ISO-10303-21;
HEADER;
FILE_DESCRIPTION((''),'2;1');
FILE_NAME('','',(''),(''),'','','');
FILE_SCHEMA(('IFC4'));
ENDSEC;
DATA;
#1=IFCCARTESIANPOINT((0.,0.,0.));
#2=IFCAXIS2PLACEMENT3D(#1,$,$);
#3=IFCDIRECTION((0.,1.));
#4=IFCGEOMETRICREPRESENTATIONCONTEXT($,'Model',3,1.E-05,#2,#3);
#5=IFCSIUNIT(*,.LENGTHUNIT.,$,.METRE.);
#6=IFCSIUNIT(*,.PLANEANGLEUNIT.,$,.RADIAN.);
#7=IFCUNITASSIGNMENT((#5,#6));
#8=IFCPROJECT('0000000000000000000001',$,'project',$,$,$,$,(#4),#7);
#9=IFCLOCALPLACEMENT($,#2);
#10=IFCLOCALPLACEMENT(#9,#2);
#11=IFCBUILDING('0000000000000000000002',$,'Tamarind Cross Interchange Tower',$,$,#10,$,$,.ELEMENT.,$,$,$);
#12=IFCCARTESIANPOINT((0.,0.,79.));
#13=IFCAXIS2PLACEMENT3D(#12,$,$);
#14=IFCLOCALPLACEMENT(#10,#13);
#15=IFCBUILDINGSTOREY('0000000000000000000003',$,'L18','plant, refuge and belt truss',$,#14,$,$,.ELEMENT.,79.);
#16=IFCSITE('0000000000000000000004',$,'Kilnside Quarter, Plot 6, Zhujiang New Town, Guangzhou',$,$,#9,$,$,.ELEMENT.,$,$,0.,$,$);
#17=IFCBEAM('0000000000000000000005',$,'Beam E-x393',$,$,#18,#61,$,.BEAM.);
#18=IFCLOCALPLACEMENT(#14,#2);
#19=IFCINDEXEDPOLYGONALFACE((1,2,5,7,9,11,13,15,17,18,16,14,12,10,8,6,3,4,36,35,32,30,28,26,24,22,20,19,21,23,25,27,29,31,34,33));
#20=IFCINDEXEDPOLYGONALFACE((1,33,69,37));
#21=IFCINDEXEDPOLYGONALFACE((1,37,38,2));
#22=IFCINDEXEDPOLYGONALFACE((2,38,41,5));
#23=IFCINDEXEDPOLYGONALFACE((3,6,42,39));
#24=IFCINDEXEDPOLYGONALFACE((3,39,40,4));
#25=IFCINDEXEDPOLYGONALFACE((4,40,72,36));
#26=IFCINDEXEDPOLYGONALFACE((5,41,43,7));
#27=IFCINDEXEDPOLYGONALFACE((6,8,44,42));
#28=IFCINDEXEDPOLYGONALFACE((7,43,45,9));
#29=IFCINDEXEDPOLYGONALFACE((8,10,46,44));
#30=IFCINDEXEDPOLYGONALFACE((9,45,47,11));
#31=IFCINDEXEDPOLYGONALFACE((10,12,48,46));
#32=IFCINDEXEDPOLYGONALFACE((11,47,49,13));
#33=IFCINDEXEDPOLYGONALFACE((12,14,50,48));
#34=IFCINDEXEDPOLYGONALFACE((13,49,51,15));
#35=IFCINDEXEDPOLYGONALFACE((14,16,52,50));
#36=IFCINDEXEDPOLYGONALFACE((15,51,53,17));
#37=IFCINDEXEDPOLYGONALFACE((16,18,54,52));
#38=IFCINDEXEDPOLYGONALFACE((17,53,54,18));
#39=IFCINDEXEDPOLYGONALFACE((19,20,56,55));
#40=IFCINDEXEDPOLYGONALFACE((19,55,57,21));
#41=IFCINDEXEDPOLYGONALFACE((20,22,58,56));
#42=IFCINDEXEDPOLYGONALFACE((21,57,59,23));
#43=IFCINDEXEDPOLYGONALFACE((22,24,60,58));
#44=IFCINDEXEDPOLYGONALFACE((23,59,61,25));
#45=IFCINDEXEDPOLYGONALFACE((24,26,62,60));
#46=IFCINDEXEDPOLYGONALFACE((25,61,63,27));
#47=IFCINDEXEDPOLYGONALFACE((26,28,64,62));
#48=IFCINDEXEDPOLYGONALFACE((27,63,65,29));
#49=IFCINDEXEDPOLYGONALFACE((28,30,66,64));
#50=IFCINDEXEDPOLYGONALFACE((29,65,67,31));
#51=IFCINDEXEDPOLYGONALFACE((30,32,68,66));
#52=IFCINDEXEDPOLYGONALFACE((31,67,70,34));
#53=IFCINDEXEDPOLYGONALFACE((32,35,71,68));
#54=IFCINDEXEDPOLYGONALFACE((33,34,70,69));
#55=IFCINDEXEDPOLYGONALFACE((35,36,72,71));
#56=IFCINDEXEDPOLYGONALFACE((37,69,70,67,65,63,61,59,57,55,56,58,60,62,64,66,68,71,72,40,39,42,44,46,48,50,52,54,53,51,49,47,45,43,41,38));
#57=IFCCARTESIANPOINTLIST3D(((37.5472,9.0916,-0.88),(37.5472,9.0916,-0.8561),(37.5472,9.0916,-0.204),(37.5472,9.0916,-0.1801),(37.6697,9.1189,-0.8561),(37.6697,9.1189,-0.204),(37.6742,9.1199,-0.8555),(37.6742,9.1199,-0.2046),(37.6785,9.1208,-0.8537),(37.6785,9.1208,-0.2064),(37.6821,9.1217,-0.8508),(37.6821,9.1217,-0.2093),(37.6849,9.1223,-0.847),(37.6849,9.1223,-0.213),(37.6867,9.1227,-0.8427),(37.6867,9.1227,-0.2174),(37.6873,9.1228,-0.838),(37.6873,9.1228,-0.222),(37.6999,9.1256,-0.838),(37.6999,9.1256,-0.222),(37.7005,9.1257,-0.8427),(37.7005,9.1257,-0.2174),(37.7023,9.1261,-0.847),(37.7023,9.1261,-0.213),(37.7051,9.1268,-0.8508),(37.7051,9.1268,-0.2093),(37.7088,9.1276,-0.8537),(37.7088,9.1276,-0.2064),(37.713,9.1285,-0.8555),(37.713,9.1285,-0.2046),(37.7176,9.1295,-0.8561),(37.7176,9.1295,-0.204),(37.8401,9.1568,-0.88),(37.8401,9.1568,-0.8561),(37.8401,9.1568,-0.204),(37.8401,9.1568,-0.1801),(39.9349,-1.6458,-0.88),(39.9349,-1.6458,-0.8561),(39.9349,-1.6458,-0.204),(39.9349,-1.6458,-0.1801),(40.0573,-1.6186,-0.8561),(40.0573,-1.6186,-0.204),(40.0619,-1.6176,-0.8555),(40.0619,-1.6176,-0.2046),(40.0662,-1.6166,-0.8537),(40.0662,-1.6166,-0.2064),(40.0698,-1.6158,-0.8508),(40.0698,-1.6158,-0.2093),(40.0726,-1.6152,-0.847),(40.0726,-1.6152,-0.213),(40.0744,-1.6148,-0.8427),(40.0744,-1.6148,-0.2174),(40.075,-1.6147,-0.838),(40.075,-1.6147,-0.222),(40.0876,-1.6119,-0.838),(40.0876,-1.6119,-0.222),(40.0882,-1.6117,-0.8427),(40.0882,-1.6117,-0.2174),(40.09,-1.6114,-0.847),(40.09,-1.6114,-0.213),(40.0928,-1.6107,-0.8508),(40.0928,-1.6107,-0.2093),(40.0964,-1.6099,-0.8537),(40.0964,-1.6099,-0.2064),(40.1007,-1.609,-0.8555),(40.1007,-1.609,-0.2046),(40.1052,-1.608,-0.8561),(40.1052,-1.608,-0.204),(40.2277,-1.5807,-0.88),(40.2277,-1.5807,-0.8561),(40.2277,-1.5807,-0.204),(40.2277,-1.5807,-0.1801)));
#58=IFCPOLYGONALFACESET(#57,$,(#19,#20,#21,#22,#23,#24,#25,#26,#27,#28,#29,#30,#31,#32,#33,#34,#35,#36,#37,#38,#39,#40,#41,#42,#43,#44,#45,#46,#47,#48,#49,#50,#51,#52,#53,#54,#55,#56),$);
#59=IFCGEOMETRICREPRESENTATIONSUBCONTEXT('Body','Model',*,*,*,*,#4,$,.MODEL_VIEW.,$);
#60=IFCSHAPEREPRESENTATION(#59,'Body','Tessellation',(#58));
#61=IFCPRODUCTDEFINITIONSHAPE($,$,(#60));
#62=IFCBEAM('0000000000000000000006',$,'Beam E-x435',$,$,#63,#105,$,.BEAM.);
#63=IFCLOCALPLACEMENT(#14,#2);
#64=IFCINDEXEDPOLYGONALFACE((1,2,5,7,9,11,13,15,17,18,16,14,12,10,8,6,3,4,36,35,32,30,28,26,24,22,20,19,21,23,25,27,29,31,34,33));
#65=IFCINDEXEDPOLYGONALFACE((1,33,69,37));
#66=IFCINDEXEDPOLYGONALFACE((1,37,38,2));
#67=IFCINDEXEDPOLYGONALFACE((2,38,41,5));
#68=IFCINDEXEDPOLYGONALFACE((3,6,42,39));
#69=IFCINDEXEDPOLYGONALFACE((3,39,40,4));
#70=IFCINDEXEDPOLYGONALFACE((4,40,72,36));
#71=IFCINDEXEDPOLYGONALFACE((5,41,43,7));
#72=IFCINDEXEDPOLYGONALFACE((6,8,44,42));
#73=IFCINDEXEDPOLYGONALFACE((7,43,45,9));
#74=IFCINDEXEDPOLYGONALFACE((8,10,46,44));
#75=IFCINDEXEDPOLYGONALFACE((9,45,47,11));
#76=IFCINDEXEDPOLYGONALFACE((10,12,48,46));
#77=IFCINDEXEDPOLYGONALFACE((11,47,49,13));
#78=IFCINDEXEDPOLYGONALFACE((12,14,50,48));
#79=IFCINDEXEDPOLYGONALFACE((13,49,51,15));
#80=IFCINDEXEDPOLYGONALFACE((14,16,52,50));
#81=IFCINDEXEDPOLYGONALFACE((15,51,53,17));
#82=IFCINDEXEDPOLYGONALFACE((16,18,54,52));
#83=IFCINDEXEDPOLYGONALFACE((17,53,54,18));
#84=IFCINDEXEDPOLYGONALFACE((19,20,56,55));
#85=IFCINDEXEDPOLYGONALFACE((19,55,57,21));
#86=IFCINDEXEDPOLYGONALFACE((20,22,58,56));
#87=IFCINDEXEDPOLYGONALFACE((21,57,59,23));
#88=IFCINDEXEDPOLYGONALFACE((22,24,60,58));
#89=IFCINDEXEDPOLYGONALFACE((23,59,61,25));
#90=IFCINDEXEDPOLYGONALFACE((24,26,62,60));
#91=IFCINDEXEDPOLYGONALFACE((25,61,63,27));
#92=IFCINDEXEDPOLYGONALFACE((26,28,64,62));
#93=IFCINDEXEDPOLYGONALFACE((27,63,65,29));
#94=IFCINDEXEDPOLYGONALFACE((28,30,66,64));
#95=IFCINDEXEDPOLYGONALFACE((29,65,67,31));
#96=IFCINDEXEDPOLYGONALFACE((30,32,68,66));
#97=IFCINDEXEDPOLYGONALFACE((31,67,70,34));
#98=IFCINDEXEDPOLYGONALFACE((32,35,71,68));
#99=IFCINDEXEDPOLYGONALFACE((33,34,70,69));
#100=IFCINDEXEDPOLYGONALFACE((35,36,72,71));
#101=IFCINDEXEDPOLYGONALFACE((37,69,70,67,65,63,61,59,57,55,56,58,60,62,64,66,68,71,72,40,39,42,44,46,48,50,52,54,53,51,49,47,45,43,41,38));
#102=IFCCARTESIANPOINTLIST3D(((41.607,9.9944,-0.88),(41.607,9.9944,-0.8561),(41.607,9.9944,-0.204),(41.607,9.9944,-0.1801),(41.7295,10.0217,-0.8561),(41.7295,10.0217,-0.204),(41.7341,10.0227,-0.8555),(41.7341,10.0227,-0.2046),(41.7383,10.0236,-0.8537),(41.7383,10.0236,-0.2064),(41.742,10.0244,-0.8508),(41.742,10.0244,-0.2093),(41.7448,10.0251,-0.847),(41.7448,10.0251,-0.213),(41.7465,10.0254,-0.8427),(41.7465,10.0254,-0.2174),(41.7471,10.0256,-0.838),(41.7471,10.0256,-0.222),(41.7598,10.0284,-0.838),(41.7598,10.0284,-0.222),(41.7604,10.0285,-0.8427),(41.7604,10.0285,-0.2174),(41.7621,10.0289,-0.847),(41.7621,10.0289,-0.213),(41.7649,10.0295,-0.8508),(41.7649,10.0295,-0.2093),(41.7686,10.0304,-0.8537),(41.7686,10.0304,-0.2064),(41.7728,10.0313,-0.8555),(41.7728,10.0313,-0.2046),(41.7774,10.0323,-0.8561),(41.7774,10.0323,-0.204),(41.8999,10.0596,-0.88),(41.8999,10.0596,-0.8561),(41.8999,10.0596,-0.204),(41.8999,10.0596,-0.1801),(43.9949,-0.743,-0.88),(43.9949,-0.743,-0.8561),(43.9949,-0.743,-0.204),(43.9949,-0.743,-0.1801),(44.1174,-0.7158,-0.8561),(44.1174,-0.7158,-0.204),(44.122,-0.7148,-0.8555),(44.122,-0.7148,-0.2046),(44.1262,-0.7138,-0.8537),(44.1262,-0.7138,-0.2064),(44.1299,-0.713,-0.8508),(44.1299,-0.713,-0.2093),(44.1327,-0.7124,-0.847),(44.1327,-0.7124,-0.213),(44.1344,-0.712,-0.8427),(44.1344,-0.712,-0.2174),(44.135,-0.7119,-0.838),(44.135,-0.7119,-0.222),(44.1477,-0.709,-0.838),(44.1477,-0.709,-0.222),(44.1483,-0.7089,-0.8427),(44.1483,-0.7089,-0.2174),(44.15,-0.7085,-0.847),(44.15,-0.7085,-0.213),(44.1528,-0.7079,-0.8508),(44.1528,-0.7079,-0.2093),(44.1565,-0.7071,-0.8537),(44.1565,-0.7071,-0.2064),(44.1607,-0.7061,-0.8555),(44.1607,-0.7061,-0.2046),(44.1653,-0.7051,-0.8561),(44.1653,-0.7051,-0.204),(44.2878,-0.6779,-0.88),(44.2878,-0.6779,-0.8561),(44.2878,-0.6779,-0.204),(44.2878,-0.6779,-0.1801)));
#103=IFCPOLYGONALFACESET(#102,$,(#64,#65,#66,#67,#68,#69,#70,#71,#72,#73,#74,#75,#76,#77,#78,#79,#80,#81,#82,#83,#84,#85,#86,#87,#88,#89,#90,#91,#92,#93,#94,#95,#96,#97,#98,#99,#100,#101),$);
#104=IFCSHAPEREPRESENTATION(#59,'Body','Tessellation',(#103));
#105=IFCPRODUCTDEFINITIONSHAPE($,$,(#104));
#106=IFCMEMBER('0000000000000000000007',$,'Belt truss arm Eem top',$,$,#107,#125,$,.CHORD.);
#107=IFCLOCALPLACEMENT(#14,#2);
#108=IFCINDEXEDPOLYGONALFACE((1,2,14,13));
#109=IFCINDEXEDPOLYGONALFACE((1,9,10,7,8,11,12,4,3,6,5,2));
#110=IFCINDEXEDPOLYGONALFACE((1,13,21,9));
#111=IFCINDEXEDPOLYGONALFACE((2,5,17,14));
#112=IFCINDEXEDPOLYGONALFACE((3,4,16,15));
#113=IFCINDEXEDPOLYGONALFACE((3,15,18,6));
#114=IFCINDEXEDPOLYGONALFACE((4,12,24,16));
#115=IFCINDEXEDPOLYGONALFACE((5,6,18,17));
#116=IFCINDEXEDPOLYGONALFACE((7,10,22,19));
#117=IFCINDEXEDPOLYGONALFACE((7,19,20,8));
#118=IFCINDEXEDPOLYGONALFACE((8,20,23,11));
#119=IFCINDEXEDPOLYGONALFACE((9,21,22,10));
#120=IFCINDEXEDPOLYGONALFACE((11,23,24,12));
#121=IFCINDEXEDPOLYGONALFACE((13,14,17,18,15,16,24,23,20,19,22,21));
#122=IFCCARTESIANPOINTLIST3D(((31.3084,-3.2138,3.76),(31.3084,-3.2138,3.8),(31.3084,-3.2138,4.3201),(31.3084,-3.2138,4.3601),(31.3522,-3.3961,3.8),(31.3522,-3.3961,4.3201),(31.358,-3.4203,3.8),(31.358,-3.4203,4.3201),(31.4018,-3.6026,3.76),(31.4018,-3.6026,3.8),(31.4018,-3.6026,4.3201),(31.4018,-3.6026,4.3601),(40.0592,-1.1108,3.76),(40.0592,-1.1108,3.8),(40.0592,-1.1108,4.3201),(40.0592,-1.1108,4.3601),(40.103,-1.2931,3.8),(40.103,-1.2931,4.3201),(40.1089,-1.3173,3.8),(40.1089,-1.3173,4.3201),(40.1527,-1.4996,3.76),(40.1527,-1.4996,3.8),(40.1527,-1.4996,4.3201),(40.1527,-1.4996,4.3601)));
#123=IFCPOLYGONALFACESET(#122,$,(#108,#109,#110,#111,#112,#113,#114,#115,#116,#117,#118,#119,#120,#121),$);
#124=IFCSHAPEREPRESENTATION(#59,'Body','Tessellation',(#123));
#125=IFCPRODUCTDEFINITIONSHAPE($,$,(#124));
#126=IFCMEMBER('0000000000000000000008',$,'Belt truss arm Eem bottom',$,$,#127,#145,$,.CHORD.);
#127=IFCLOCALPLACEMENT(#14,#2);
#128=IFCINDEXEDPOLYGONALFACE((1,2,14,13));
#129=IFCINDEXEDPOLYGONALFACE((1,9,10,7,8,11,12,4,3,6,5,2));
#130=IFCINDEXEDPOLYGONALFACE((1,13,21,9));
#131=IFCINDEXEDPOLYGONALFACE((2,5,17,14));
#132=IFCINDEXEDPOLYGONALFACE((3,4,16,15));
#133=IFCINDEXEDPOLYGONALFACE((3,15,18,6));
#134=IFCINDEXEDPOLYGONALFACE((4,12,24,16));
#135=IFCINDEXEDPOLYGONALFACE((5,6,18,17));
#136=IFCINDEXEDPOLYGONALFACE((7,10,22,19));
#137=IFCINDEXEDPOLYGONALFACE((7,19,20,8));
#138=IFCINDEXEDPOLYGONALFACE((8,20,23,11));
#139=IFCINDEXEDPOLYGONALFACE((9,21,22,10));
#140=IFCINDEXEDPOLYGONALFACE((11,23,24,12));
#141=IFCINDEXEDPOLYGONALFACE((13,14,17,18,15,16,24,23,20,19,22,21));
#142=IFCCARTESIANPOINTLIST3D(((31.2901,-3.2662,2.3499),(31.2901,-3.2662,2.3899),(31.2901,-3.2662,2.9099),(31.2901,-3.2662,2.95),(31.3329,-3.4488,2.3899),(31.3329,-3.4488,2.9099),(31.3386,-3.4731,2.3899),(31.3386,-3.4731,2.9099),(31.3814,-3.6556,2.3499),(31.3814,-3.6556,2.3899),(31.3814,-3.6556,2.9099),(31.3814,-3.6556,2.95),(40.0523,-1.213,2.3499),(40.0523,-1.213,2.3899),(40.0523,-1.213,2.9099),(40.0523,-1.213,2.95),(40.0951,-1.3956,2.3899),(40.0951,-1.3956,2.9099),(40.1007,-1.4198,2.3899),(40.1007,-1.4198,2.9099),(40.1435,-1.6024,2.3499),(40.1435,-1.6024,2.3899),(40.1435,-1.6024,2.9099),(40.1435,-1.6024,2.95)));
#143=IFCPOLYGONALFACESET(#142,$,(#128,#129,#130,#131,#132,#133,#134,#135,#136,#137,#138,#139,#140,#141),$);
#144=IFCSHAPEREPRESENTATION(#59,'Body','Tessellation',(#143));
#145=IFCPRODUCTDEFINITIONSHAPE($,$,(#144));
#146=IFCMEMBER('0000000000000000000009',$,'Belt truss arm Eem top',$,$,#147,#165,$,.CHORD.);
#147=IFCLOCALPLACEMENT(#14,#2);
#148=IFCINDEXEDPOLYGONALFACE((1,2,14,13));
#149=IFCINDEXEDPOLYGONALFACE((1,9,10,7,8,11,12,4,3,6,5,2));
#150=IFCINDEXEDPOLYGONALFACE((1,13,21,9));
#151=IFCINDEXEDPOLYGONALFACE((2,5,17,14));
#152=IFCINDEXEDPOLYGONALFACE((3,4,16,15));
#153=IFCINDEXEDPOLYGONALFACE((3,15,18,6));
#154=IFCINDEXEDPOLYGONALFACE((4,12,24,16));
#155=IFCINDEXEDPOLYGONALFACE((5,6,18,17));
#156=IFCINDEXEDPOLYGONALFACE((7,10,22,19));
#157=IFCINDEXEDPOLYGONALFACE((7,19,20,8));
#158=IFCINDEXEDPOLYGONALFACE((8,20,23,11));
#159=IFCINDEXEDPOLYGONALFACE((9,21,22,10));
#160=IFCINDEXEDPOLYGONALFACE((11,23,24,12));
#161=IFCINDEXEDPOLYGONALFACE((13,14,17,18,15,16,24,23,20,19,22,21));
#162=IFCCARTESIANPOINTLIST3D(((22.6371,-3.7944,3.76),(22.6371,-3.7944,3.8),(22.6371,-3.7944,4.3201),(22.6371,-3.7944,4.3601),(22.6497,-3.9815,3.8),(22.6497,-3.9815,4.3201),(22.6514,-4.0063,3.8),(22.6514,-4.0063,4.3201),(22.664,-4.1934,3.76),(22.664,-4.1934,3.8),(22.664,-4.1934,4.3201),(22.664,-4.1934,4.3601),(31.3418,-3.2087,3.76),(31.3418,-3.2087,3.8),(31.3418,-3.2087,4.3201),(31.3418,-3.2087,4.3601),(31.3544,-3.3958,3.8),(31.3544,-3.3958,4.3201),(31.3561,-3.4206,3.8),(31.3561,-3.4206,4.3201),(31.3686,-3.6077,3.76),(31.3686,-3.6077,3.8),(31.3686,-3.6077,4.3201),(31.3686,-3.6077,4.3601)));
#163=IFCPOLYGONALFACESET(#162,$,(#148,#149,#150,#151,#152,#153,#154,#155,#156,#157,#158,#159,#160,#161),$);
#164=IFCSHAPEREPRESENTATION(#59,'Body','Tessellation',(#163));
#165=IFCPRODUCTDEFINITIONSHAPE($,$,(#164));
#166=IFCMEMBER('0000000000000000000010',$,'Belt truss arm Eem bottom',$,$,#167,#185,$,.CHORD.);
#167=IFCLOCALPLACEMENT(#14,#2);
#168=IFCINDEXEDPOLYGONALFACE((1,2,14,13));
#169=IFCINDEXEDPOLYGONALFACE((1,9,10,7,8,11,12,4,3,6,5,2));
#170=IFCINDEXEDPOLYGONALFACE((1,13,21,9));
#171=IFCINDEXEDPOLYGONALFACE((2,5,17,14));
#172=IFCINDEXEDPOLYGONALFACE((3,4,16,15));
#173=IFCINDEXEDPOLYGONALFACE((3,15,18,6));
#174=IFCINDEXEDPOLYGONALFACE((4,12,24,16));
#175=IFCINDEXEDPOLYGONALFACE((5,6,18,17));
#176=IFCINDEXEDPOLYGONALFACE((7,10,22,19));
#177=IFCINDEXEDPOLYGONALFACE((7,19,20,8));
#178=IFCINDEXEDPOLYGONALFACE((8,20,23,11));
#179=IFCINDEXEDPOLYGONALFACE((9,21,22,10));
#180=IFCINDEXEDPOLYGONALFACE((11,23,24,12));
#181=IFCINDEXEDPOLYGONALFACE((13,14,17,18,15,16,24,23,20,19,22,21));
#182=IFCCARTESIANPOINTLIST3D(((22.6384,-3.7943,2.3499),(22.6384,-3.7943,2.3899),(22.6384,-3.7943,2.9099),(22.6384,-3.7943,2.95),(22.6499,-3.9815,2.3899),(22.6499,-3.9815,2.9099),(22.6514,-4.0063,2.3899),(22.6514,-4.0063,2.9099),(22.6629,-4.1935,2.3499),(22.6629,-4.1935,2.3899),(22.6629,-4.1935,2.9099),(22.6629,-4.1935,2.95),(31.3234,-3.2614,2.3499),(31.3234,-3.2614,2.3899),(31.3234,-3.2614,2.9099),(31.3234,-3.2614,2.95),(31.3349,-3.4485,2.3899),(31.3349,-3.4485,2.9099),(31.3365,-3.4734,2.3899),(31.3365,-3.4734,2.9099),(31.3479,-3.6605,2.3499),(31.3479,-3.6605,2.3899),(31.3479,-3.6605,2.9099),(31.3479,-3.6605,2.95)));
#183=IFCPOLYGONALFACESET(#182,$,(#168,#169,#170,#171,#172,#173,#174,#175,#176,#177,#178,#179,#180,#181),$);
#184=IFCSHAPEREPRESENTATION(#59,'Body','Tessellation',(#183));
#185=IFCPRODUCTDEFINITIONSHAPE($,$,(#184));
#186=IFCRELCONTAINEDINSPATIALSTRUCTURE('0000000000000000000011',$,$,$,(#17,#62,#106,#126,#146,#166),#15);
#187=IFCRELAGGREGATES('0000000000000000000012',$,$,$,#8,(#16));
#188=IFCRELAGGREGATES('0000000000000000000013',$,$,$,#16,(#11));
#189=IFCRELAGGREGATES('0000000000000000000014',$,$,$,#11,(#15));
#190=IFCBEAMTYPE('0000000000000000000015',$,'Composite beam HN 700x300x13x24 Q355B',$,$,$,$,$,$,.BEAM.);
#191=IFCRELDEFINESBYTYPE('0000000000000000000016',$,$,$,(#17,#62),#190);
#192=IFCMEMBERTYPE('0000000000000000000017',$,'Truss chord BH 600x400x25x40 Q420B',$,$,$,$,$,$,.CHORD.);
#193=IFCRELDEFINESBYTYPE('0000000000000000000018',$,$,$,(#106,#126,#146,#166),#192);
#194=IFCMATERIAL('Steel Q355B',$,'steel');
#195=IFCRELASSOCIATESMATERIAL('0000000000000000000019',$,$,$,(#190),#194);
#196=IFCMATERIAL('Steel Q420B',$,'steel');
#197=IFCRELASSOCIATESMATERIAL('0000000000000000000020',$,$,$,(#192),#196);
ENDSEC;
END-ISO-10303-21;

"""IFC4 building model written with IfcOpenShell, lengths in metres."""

from ifc_helpers import new_model, si_unit, direction, frame, origin, origin_2d, place, context, subcontext, project, spatial, i_section, extrude, material, material_profile, profile_set, type_object, element, save


model = new_model("IFC4")

# Units and contexts
model_context = context("Model", 3, precision=1e-05, world=origin(), true_north=direction((0.0, 1.0)))
body_context = subcontext(model_context, "Body", "Model", "MODEL_VIEW")
ifc_project = project(units=[si_unit("LENGTHUNIT", "METRE"), si_unit("PLANEANGLEUNIT", "RADIAN")], contexts=[model_context])

# Site, building, storey
site_placement = place(None, origin())
site = spatial("IfcSite", under=ifc_project, at=site_placement, Name="Kilnside Quarter, Plot 6, Zhujiang New Town, Guangzhou", CompositionType="ELEMENT", RefElevation=0.0)
building_placement = place(site_placement, origin())
building = spatial("IfcBuilding", under=site, at=building_placement, Name="Tamarind Cross Interchange Tower", CompositionType="ELEMENT")
storey_placement = place(building_placement, frame((0.0, 0.0, 79.0)))
storey = spatial("IfcBuildingStorey", under=building, at=storey_placement, Name="L18", Description="plant, refuge and belt truss", CompositionType="ELEMENT", Elevation=79.0)

# Beams
ifc_material_1 = material(Name="Steel Q355B", Category="steel")
ifc_material_profile_1 = material_profile(ifc_material_1, i_section(OverallWidth=0.3, OverallDepth=0.7, WebThickness=0.0129, FlangeThickness=0.0239, FilletRadius=0.0181, at=origin_2d()), Name="HN 700x300x13x24")
ifc_profile_set_1 = profile_set([ifc_material_profile_1], Name="Steel Q355B")
beam_type_1 = type_object("IfcBeamType", Name="Composite beam HN 700x300x13x24 Q355B", PredefinedType="BEAM", material=ifc_profile_set_1)
for number, where, z_axis, x_axis, name in (
    (1, (40.0813, -1.6133, -0.53), (-0.217067, 0.976157, 0.0), (-0.976157, -0.217067, 0.0), "Beam E-x393"),
    (2, (44.1414, -0.7104, -0.53), (-0.217088, 0.976152, 0.0), (-0.976152, -0.217088, 0.0), "Beam E-x435"),
):
    element("IfcBeam", number, at=place(storey_placement, frame(where, z_axis=z_axis, x_axis=x_axis)), inside=storey, type_object=beam_type_1, Name=name, PredefinedType="BEAM", context=body_context, shape_type="SweptSolid", body=[
        extrude(i_section(OverallWidth=0.3, OverallDepth=0.7, WebThickness=0.0129, FlangeThickness=0.0239, FilletRadius=0.0181, at=origin_2d()), origin(), (0.0, 0.0, 1.0), 10.9998),
    ])

# Members
ifc_material_2 = material(Name="Steel Q420B", Category="steel")
ifc_material_profile_2 = material_profile(ifc_material_2, i_section(OverallWidth=0.3999, OverallDepth=0.6001, WebThickness=0.0249, FlangeThickness=0.04, at=origin_2d()), Name="BH 600x400x25x40")
ifc_profile_set_2 = profile_set([ifc_material_profile_2], Name="Steel Q420B")
member_type_1 = type_object("IfcMemberType", Name="Truss chord BH 600x400x25x40 Q420B", PredefinedType="CHORD", material=ifc_profile_set_2)
member_1_placement = place(storey_placement, frame((40.106, -1.3052, 4.0601), z_axis=(-0.972315, -0.233673, 0.0), x_axis=(0.233673, -0.972315, 0.0)))
element("IfcMember", 3, at=member_1_placement, inside=storey, type_object=member_type_1, Name="Belt truss arm Eem top", PredefinedType="CHORD", context=body_context, shape_type="SweptSolid", body=[
    extrude(i_section(OverallWidth=0.3999, OverallDepth=0.6001, WebThickness=0.0249, FlangeThickness=0.04, at=origin_2d()), origin(), (0.0, 0.0, 1.0), 9.0),
])
member_2_placement = place(storey_placement, frame((40.0979, -1.4077, 2.6499), z_axis=(-0.973627, -0.228147, 0.0), x_axis=(0.228147, -0.973627, 0.0)))
element("IfcMember", 4, at=member_2_placement, inside=storey, type_object=member_type_1, Name="Belt truss arm Eem bottom", PredefinedType="CHORD", context=body_context, shape_type="SweptSolid", body=[
    extrude(i_section(OverallWidth=0.3999, OverallDepth=0.6001, WebThickness=0.0249, FlangeThickness=0.04, at=origin_2d()), origin(), (0.0, 0.0, 1.0), 8.9995),
])
member_3_placement = place(storey_placement, frame((31.3552, -3.4082, 4.0601), z_axis=(-0.997744, -0.067134, 0.0), x_axis=(0.067134, -0.997744, 0.0)))
element("IfcMember", 5, at=member_3_placement, inside=storey, type_object=member_type_1, Name="Belt truss arm Eem top", PredefinedType="CHORD", context=body_context, shape_type="SweptSolid", body=[
    extrude(i_section(OverallWidth=0.3999, OverallDepth=0.6001, WebThickness=0.0249, FlangeThickness=0.04, at=origin_2d()), origin(), (0.0, 0.0, 1.0), 8.7244),
])
member_4_placement = place(storey_placement, frame((31.3357, -3.4609, 2.6499), z_axis=(-0.998122, -0.06125, 0.0), x_axis=(0.06125, -0.998122, 0.0)))
element("IfcMember", 6, at=member_4_placement, inside=storey, type_object=member_type_1, Name="Belt truss arm Eem bottom", PredefinedType="CHORD", context=body_context, shape_type="SweptSolid", body=[
    extrude(i_section(OverallWidth=0.3999, OverallDepth=0.6001, WebThickness=0.0249, FlangeThickness=0.04, at=origin_2d()), origin(), (0.0, 0.0, 1.0), 8.7014),
])

save(model, "model.ifc")
